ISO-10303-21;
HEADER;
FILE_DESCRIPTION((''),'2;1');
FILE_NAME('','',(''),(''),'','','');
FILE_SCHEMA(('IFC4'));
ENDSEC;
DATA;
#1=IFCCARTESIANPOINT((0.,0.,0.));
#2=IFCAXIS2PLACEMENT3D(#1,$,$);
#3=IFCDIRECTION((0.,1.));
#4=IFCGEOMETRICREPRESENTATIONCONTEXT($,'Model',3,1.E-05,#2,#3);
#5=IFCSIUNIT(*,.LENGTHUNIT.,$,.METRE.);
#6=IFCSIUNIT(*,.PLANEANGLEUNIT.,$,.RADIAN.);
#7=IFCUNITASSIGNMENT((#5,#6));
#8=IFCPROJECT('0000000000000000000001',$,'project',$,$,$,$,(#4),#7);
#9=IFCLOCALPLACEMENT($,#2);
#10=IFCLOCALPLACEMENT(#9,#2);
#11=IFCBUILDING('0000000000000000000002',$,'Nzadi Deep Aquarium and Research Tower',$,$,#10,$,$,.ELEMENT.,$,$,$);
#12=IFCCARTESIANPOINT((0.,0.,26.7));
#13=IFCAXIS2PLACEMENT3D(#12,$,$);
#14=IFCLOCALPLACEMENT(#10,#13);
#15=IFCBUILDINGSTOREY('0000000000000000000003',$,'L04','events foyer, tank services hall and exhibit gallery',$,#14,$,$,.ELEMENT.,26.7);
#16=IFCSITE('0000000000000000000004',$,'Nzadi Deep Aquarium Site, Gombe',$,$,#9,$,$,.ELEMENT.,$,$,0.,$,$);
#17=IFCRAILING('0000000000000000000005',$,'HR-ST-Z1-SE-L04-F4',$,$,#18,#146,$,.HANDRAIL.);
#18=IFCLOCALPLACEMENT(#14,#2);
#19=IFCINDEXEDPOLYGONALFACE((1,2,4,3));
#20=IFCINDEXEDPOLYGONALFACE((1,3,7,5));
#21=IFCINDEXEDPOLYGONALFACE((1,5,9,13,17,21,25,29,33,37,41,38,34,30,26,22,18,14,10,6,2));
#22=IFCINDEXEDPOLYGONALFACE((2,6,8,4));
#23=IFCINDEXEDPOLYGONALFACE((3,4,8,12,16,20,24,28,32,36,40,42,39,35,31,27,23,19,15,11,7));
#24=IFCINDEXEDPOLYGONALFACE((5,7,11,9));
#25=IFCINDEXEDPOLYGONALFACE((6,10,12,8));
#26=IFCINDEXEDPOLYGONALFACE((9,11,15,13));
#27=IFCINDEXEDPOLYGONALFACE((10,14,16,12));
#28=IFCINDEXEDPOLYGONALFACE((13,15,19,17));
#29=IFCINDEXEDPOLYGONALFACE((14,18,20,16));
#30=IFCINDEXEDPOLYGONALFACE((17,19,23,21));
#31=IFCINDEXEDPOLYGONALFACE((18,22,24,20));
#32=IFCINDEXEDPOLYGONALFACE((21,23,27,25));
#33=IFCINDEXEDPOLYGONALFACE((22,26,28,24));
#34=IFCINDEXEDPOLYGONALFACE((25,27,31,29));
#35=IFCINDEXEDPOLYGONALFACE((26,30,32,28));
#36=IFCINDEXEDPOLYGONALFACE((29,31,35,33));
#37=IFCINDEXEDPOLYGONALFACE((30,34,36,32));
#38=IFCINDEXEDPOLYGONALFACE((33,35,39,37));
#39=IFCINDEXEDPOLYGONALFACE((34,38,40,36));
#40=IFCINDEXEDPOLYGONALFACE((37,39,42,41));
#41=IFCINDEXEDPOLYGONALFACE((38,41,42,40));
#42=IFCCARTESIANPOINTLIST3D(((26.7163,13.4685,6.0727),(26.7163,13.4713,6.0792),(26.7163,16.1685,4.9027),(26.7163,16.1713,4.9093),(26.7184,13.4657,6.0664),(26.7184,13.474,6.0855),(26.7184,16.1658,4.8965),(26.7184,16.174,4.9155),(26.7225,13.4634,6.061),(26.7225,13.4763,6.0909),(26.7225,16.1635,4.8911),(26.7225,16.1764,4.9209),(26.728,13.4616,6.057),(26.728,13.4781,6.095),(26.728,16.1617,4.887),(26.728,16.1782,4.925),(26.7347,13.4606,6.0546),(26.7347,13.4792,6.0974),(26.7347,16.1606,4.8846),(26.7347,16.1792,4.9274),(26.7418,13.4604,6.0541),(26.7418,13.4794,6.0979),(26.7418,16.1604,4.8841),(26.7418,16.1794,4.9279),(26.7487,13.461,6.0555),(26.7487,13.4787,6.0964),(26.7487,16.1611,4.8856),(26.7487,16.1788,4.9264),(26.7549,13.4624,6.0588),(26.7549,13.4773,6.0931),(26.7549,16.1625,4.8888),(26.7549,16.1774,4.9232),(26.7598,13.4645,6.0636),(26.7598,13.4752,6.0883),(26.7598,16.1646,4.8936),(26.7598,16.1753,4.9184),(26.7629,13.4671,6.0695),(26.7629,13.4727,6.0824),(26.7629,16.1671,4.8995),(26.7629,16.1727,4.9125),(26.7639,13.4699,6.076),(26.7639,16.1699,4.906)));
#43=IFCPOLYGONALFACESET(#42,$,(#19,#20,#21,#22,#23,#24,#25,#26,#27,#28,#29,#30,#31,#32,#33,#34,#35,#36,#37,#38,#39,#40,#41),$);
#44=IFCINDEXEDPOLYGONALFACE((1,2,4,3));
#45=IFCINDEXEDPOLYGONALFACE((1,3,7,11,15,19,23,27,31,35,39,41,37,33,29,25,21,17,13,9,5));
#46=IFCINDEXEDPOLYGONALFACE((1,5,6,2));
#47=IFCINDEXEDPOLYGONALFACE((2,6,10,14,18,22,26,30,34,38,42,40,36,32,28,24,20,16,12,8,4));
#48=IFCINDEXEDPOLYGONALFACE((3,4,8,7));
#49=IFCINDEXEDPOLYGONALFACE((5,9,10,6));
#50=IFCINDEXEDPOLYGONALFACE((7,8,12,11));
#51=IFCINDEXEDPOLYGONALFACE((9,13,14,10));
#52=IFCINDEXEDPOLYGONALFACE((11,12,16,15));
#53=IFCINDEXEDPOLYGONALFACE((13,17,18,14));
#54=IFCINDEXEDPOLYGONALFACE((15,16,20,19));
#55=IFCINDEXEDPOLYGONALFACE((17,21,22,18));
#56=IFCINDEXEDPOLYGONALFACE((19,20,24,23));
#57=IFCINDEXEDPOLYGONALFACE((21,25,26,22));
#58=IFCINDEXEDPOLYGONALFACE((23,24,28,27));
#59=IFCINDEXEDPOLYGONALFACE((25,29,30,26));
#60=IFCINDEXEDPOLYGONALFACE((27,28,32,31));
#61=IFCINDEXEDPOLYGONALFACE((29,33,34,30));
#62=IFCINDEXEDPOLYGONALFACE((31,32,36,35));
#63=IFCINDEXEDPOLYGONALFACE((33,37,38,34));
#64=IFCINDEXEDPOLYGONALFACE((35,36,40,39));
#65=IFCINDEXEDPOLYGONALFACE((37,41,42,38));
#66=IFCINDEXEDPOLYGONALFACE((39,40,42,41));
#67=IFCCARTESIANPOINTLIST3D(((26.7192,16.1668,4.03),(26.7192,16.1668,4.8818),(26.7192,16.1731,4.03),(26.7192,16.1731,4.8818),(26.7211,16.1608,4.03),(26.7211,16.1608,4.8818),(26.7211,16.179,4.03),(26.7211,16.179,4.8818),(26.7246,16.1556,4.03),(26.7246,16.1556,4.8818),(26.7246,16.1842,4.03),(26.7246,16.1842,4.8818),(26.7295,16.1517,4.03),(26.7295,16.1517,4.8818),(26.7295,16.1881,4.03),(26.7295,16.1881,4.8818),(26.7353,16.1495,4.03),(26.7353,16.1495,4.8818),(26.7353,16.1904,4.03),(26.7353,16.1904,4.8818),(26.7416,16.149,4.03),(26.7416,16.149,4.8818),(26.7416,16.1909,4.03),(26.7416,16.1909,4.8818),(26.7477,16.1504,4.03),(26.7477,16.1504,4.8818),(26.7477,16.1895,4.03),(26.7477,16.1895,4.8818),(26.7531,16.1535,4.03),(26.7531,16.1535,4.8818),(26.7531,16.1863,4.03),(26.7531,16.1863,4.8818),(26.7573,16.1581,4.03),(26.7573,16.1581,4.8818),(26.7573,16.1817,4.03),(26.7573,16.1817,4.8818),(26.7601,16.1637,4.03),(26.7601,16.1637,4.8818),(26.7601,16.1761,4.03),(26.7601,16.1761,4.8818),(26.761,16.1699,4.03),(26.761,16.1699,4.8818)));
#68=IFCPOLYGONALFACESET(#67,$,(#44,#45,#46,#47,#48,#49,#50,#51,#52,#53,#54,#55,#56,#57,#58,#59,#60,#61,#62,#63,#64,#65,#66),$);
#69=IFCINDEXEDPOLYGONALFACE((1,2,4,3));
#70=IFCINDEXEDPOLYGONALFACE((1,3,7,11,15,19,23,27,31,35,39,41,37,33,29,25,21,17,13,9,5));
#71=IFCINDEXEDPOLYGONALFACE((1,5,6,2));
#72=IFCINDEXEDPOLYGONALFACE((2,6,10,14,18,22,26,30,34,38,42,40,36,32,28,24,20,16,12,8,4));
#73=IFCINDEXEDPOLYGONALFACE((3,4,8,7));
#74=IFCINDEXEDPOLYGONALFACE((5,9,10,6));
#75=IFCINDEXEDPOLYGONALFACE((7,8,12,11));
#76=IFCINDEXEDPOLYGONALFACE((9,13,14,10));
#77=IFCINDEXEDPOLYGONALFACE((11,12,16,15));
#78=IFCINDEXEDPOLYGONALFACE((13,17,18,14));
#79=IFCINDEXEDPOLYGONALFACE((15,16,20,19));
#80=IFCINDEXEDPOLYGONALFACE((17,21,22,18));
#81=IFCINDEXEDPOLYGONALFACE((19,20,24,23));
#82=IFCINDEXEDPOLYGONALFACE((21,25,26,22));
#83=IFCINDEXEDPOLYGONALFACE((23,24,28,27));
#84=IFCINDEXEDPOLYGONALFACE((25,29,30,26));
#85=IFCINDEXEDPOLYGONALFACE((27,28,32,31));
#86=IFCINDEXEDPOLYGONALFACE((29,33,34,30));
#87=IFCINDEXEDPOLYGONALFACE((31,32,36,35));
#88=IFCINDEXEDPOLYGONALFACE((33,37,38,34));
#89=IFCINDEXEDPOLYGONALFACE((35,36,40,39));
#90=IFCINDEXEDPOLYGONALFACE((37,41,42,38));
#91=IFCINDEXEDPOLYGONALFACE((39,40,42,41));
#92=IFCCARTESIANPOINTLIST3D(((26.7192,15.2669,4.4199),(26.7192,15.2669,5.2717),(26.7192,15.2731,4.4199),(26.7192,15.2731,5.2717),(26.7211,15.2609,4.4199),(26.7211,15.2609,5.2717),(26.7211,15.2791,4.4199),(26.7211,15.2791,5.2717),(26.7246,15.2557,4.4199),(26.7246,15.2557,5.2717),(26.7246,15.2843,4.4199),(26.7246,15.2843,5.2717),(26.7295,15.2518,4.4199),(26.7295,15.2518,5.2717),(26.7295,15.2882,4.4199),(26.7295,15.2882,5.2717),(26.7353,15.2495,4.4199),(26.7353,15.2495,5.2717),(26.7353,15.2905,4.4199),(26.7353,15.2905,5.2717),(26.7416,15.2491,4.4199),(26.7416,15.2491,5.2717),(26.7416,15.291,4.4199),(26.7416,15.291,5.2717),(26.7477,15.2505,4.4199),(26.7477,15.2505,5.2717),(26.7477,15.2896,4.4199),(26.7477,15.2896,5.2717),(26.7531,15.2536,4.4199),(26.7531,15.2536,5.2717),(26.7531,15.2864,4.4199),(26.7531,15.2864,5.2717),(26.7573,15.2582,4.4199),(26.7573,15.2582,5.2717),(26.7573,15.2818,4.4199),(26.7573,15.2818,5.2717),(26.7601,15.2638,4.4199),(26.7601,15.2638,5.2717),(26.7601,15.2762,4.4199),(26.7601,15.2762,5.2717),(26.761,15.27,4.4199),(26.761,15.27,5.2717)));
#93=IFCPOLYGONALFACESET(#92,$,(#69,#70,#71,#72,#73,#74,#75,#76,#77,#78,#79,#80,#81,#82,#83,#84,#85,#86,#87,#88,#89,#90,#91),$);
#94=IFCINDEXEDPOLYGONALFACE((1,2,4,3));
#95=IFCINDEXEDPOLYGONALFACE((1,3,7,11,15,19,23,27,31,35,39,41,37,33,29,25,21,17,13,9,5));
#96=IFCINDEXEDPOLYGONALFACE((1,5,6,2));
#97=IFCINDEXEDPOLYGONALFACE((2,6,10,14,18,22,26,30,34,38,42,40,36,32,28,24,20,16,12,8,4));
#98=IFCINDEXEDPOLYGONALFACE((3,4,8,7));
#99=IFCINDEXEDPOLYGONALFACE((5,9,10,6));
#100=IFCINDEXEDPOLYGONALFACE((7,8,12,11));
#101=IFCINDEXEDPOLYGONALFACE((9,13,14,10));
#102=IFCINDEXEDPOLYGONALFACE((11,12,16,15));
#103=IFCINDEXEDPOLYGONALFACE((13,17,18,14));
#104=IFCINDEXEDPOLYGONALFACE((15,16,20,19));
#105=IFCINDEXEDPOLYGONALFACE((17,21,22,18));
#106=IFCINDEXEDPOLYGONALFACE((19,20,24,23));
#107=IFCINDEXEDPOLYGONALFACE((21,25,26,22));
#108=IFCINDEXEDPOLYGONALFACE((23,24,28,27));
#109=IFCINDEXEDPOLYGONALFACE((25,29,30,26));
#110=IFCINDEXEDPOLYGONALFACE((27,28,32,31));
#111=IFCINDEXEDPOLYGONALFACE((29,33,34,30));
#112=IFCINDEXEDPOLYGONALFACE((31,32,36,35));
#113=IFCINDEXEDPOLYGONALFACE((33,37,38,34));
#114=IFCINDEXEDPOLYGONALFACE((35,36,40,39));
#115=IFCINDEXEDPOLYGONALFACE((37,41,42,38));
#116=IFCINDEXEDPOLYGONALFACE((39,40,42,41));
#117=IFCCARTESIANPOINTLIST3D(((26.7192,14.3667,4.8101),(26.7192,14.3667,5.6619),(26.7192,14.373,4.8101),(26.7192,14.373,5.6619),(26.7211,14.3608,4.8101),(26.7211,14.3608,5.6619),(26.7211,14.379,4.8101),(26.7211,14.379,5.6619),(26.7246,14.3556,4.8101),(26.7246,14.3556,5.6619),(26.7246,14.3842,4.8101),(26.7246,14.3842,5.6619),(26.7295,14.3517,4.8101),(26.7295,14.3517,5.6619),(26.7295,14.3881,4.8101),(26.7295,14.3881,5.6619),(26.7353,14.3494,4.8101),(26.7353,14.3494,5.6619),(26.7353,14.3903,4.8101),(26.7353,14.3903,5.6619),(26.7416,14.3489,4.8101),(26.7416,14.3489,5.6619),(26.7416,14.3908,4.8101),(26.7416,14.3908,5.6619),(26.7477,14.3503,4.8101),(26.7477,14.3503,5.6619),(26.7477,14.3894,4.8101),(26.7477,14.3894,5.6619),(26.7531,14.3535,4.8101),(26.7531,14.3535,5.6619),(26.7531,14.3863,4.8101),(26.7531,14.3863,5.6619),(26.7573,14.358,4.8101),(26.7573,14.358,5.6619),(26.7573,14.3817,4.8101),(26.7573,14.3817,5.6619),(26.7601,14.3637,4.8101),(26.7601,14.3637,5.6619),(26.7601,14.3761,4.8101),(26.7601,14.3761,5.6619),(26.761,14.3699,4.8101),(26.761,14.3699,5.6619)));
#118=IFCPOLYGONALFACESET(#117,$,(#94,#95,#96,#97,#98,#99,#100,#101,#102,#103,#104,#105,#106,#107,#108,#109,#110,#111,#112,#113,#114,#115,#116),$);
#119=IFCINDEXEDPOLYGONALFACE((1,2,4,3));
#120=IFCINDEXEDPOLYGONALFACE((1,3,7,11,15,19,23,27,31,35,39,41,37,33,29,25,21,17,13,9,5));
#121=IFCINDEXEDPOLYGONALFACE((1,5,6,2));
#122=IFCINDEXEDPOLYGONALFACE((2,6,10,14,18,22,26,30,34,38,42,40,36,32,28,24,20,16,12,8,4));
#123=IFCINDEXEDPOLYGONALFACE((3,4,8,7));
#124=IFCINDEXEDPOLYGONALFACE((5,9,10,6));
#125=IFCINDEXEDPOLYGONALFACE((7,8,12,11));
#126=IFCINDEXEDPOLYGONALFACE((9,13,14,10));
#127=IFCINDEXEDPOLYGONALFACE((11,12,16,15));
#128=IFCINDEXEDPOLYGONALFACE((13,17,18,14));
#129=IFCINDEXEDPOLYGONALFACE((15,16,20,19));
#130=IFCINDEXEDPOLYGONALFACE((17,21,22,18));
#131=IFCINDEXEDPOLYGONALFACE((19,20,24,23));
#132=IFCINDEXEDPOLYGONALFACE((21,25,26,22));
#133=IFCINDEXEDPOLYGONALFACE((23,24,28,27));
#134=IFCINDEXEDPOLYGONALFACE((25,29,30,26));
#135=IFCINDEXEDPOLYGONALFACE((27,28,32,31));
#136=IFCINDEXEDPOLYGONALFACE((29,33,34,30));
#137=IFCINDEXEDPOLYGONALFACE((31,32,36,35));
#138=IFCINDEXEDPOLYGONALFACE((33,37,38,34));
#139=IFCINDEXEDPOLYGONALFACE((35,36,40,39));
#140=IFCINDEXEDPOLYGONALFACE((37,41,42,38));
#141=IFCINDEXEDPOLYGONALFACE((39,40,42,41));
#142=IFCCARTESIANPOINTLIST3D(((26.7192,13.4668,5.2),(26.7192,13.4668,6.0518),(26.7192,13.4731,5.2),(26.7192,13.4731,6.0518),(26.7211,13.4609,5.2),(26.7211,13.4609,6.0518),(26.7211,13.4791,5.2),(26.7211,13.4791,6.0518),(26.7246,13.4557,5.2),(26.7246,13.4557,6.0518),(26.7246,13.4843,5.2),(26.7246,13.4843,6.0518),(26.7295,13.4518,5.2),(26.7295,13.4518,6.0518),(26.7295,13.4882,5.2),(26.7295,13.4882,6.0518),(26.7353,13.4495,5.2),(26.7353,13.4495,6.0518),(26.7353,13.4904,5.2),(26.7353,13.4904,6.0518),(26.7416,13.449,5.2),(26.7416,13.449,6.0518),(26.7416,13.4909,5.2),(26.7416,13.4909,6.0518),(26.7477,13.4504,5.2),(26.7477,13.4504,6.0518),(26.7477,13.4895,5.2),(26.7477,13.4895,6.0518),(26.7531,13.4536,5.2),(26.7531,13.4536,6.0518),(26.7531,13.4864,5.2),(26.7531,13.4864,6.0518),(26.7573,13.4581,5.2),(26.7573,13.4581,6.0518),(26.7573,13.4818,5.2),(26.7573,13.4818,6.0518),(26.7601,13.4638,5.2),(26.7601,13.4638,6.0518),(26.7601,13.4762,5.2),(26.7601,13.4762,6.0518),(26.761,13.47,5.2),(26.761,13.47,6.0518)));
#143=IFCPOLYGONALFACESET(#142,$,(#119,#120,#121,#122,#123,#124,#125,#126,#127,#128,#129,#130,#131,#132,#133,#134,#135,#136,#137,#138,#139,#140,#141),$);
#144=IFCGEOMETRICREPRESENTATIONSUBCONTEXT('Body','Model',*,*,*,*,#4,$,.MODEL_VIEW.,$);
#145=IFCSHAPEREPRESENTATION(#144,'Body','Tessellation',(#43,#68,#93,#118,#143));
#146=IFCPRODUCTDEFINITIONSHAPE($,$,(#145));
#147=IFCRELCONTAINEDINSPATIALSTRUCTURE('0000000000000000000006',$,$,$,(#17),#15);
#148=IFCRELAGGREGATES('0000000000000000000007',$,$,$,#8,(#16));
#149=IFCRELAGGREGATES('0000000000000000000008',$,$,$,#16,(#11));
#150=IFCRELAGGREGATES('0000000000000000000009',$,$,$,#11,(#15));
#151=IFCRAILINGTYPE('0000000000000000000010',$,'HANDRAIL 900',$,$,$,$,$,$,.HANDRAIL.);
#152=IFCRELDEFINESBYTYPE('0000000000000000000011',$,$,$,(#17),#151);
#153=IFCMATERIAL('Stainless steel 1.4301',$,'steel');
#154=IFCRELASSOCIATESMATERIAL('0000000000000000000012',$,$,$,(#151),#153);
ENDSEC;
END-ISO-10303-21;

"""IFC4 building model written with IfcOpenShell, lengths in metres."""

from ifc_helpers import new_model, si_unit, direction, frame, origin, origin_2d, place, context, subcontext, project, spatial, circle, extrude, material, type_object, element, save


model = new_model("IFC4")

# Units and contexts
model_context = context("Model", 3, precision=1e-05, world=origin(), true_north=direction((0.0, 1.0)))
body_context = subcontext(model_context, "Body", "Model", "MODEL_VIEW")
ifc_project = project(units=[si_unit("LENGTHUNIT", "METRE"), si_unit("PLANEANGLEUNIT", "RADIAN")], contexts=[model_context])

# Site, building, storey
site_placement = place(None, origin())
site = spatial("IfcSite", under=ifc_project, at=site_placement, Name="Nzadi Deep Aquarium Site, Gombe", CompositionType="ELEMENT", RefElevation=0.0)
building_placement = place(site_placement, origin())
building = spatial("IfcBuilding", under=site, at=building_placement, Name="Nzadi Deep Aquarium and Research Tower", CompositionType="ELEMENT")
storey_placement = place(building_placement, frame((0.0, 0.0, 26.7)))
storey = spatial("IfcBuildingStorey", under=building, at=storey_placement, Name="L04", Description="events foyer, tank services hall and exhibit gallery", CompositionType="ELEMENT", Elevation=26.7)

# Railing
ifc_material_1 = material(Name="Stainless steel 1.4301", Category="steel")
railing_type = type_object("IfcRailingType", Name="HANDRAIL 900", PredefinedType="HANDRAIL", material=ifc_material_1)
for number, where, name in (
    (1, (26.74, 16.1699, 4.03), "HR-ST-Z1-SE-L04-F4"),
):
    element("IfcRailing", number, at=place(storey_placement, frame(where)), inside=storey, type_object=railing_type, Name=name, PredefinedType="HANDRAIL", context=body_context, shape_type="SweptSolid", body=[
        extrude(circle(Radius=0.0239, at=origin_2d()), frame((0.0, 0.0, 0.876), z_axis=(0.0, -0.917563, 0.397591), x_axis=(1.0, 0.0, 0.0)), (0.0, 0.0, 1.0), 2.9426),
        extrude(circle(Radius=0.021, at=origin_2d()), origin(), (0.0, 0.0, 1.0), 0.8518),
        extrude(circle(Radius=0.021, at=origin_2d()), frame((0.0, -0.8999, 0.3899)), (0.0, 0.0, 1.0), 0.8518),
        extrude(circle(Radius=0.021, at=origin_2d()), frame((0.0, -1.8, 0.78)), (0.0, 0.0, 1.0), 0.8518),
        extrude(circle(Radius=0.021, at=origin_2d()), frame((0.0, -2.7, 1.1699)), (0.0, 0.0, 1.0), 0.8518),
    ])

save(model, "model.ifc")
